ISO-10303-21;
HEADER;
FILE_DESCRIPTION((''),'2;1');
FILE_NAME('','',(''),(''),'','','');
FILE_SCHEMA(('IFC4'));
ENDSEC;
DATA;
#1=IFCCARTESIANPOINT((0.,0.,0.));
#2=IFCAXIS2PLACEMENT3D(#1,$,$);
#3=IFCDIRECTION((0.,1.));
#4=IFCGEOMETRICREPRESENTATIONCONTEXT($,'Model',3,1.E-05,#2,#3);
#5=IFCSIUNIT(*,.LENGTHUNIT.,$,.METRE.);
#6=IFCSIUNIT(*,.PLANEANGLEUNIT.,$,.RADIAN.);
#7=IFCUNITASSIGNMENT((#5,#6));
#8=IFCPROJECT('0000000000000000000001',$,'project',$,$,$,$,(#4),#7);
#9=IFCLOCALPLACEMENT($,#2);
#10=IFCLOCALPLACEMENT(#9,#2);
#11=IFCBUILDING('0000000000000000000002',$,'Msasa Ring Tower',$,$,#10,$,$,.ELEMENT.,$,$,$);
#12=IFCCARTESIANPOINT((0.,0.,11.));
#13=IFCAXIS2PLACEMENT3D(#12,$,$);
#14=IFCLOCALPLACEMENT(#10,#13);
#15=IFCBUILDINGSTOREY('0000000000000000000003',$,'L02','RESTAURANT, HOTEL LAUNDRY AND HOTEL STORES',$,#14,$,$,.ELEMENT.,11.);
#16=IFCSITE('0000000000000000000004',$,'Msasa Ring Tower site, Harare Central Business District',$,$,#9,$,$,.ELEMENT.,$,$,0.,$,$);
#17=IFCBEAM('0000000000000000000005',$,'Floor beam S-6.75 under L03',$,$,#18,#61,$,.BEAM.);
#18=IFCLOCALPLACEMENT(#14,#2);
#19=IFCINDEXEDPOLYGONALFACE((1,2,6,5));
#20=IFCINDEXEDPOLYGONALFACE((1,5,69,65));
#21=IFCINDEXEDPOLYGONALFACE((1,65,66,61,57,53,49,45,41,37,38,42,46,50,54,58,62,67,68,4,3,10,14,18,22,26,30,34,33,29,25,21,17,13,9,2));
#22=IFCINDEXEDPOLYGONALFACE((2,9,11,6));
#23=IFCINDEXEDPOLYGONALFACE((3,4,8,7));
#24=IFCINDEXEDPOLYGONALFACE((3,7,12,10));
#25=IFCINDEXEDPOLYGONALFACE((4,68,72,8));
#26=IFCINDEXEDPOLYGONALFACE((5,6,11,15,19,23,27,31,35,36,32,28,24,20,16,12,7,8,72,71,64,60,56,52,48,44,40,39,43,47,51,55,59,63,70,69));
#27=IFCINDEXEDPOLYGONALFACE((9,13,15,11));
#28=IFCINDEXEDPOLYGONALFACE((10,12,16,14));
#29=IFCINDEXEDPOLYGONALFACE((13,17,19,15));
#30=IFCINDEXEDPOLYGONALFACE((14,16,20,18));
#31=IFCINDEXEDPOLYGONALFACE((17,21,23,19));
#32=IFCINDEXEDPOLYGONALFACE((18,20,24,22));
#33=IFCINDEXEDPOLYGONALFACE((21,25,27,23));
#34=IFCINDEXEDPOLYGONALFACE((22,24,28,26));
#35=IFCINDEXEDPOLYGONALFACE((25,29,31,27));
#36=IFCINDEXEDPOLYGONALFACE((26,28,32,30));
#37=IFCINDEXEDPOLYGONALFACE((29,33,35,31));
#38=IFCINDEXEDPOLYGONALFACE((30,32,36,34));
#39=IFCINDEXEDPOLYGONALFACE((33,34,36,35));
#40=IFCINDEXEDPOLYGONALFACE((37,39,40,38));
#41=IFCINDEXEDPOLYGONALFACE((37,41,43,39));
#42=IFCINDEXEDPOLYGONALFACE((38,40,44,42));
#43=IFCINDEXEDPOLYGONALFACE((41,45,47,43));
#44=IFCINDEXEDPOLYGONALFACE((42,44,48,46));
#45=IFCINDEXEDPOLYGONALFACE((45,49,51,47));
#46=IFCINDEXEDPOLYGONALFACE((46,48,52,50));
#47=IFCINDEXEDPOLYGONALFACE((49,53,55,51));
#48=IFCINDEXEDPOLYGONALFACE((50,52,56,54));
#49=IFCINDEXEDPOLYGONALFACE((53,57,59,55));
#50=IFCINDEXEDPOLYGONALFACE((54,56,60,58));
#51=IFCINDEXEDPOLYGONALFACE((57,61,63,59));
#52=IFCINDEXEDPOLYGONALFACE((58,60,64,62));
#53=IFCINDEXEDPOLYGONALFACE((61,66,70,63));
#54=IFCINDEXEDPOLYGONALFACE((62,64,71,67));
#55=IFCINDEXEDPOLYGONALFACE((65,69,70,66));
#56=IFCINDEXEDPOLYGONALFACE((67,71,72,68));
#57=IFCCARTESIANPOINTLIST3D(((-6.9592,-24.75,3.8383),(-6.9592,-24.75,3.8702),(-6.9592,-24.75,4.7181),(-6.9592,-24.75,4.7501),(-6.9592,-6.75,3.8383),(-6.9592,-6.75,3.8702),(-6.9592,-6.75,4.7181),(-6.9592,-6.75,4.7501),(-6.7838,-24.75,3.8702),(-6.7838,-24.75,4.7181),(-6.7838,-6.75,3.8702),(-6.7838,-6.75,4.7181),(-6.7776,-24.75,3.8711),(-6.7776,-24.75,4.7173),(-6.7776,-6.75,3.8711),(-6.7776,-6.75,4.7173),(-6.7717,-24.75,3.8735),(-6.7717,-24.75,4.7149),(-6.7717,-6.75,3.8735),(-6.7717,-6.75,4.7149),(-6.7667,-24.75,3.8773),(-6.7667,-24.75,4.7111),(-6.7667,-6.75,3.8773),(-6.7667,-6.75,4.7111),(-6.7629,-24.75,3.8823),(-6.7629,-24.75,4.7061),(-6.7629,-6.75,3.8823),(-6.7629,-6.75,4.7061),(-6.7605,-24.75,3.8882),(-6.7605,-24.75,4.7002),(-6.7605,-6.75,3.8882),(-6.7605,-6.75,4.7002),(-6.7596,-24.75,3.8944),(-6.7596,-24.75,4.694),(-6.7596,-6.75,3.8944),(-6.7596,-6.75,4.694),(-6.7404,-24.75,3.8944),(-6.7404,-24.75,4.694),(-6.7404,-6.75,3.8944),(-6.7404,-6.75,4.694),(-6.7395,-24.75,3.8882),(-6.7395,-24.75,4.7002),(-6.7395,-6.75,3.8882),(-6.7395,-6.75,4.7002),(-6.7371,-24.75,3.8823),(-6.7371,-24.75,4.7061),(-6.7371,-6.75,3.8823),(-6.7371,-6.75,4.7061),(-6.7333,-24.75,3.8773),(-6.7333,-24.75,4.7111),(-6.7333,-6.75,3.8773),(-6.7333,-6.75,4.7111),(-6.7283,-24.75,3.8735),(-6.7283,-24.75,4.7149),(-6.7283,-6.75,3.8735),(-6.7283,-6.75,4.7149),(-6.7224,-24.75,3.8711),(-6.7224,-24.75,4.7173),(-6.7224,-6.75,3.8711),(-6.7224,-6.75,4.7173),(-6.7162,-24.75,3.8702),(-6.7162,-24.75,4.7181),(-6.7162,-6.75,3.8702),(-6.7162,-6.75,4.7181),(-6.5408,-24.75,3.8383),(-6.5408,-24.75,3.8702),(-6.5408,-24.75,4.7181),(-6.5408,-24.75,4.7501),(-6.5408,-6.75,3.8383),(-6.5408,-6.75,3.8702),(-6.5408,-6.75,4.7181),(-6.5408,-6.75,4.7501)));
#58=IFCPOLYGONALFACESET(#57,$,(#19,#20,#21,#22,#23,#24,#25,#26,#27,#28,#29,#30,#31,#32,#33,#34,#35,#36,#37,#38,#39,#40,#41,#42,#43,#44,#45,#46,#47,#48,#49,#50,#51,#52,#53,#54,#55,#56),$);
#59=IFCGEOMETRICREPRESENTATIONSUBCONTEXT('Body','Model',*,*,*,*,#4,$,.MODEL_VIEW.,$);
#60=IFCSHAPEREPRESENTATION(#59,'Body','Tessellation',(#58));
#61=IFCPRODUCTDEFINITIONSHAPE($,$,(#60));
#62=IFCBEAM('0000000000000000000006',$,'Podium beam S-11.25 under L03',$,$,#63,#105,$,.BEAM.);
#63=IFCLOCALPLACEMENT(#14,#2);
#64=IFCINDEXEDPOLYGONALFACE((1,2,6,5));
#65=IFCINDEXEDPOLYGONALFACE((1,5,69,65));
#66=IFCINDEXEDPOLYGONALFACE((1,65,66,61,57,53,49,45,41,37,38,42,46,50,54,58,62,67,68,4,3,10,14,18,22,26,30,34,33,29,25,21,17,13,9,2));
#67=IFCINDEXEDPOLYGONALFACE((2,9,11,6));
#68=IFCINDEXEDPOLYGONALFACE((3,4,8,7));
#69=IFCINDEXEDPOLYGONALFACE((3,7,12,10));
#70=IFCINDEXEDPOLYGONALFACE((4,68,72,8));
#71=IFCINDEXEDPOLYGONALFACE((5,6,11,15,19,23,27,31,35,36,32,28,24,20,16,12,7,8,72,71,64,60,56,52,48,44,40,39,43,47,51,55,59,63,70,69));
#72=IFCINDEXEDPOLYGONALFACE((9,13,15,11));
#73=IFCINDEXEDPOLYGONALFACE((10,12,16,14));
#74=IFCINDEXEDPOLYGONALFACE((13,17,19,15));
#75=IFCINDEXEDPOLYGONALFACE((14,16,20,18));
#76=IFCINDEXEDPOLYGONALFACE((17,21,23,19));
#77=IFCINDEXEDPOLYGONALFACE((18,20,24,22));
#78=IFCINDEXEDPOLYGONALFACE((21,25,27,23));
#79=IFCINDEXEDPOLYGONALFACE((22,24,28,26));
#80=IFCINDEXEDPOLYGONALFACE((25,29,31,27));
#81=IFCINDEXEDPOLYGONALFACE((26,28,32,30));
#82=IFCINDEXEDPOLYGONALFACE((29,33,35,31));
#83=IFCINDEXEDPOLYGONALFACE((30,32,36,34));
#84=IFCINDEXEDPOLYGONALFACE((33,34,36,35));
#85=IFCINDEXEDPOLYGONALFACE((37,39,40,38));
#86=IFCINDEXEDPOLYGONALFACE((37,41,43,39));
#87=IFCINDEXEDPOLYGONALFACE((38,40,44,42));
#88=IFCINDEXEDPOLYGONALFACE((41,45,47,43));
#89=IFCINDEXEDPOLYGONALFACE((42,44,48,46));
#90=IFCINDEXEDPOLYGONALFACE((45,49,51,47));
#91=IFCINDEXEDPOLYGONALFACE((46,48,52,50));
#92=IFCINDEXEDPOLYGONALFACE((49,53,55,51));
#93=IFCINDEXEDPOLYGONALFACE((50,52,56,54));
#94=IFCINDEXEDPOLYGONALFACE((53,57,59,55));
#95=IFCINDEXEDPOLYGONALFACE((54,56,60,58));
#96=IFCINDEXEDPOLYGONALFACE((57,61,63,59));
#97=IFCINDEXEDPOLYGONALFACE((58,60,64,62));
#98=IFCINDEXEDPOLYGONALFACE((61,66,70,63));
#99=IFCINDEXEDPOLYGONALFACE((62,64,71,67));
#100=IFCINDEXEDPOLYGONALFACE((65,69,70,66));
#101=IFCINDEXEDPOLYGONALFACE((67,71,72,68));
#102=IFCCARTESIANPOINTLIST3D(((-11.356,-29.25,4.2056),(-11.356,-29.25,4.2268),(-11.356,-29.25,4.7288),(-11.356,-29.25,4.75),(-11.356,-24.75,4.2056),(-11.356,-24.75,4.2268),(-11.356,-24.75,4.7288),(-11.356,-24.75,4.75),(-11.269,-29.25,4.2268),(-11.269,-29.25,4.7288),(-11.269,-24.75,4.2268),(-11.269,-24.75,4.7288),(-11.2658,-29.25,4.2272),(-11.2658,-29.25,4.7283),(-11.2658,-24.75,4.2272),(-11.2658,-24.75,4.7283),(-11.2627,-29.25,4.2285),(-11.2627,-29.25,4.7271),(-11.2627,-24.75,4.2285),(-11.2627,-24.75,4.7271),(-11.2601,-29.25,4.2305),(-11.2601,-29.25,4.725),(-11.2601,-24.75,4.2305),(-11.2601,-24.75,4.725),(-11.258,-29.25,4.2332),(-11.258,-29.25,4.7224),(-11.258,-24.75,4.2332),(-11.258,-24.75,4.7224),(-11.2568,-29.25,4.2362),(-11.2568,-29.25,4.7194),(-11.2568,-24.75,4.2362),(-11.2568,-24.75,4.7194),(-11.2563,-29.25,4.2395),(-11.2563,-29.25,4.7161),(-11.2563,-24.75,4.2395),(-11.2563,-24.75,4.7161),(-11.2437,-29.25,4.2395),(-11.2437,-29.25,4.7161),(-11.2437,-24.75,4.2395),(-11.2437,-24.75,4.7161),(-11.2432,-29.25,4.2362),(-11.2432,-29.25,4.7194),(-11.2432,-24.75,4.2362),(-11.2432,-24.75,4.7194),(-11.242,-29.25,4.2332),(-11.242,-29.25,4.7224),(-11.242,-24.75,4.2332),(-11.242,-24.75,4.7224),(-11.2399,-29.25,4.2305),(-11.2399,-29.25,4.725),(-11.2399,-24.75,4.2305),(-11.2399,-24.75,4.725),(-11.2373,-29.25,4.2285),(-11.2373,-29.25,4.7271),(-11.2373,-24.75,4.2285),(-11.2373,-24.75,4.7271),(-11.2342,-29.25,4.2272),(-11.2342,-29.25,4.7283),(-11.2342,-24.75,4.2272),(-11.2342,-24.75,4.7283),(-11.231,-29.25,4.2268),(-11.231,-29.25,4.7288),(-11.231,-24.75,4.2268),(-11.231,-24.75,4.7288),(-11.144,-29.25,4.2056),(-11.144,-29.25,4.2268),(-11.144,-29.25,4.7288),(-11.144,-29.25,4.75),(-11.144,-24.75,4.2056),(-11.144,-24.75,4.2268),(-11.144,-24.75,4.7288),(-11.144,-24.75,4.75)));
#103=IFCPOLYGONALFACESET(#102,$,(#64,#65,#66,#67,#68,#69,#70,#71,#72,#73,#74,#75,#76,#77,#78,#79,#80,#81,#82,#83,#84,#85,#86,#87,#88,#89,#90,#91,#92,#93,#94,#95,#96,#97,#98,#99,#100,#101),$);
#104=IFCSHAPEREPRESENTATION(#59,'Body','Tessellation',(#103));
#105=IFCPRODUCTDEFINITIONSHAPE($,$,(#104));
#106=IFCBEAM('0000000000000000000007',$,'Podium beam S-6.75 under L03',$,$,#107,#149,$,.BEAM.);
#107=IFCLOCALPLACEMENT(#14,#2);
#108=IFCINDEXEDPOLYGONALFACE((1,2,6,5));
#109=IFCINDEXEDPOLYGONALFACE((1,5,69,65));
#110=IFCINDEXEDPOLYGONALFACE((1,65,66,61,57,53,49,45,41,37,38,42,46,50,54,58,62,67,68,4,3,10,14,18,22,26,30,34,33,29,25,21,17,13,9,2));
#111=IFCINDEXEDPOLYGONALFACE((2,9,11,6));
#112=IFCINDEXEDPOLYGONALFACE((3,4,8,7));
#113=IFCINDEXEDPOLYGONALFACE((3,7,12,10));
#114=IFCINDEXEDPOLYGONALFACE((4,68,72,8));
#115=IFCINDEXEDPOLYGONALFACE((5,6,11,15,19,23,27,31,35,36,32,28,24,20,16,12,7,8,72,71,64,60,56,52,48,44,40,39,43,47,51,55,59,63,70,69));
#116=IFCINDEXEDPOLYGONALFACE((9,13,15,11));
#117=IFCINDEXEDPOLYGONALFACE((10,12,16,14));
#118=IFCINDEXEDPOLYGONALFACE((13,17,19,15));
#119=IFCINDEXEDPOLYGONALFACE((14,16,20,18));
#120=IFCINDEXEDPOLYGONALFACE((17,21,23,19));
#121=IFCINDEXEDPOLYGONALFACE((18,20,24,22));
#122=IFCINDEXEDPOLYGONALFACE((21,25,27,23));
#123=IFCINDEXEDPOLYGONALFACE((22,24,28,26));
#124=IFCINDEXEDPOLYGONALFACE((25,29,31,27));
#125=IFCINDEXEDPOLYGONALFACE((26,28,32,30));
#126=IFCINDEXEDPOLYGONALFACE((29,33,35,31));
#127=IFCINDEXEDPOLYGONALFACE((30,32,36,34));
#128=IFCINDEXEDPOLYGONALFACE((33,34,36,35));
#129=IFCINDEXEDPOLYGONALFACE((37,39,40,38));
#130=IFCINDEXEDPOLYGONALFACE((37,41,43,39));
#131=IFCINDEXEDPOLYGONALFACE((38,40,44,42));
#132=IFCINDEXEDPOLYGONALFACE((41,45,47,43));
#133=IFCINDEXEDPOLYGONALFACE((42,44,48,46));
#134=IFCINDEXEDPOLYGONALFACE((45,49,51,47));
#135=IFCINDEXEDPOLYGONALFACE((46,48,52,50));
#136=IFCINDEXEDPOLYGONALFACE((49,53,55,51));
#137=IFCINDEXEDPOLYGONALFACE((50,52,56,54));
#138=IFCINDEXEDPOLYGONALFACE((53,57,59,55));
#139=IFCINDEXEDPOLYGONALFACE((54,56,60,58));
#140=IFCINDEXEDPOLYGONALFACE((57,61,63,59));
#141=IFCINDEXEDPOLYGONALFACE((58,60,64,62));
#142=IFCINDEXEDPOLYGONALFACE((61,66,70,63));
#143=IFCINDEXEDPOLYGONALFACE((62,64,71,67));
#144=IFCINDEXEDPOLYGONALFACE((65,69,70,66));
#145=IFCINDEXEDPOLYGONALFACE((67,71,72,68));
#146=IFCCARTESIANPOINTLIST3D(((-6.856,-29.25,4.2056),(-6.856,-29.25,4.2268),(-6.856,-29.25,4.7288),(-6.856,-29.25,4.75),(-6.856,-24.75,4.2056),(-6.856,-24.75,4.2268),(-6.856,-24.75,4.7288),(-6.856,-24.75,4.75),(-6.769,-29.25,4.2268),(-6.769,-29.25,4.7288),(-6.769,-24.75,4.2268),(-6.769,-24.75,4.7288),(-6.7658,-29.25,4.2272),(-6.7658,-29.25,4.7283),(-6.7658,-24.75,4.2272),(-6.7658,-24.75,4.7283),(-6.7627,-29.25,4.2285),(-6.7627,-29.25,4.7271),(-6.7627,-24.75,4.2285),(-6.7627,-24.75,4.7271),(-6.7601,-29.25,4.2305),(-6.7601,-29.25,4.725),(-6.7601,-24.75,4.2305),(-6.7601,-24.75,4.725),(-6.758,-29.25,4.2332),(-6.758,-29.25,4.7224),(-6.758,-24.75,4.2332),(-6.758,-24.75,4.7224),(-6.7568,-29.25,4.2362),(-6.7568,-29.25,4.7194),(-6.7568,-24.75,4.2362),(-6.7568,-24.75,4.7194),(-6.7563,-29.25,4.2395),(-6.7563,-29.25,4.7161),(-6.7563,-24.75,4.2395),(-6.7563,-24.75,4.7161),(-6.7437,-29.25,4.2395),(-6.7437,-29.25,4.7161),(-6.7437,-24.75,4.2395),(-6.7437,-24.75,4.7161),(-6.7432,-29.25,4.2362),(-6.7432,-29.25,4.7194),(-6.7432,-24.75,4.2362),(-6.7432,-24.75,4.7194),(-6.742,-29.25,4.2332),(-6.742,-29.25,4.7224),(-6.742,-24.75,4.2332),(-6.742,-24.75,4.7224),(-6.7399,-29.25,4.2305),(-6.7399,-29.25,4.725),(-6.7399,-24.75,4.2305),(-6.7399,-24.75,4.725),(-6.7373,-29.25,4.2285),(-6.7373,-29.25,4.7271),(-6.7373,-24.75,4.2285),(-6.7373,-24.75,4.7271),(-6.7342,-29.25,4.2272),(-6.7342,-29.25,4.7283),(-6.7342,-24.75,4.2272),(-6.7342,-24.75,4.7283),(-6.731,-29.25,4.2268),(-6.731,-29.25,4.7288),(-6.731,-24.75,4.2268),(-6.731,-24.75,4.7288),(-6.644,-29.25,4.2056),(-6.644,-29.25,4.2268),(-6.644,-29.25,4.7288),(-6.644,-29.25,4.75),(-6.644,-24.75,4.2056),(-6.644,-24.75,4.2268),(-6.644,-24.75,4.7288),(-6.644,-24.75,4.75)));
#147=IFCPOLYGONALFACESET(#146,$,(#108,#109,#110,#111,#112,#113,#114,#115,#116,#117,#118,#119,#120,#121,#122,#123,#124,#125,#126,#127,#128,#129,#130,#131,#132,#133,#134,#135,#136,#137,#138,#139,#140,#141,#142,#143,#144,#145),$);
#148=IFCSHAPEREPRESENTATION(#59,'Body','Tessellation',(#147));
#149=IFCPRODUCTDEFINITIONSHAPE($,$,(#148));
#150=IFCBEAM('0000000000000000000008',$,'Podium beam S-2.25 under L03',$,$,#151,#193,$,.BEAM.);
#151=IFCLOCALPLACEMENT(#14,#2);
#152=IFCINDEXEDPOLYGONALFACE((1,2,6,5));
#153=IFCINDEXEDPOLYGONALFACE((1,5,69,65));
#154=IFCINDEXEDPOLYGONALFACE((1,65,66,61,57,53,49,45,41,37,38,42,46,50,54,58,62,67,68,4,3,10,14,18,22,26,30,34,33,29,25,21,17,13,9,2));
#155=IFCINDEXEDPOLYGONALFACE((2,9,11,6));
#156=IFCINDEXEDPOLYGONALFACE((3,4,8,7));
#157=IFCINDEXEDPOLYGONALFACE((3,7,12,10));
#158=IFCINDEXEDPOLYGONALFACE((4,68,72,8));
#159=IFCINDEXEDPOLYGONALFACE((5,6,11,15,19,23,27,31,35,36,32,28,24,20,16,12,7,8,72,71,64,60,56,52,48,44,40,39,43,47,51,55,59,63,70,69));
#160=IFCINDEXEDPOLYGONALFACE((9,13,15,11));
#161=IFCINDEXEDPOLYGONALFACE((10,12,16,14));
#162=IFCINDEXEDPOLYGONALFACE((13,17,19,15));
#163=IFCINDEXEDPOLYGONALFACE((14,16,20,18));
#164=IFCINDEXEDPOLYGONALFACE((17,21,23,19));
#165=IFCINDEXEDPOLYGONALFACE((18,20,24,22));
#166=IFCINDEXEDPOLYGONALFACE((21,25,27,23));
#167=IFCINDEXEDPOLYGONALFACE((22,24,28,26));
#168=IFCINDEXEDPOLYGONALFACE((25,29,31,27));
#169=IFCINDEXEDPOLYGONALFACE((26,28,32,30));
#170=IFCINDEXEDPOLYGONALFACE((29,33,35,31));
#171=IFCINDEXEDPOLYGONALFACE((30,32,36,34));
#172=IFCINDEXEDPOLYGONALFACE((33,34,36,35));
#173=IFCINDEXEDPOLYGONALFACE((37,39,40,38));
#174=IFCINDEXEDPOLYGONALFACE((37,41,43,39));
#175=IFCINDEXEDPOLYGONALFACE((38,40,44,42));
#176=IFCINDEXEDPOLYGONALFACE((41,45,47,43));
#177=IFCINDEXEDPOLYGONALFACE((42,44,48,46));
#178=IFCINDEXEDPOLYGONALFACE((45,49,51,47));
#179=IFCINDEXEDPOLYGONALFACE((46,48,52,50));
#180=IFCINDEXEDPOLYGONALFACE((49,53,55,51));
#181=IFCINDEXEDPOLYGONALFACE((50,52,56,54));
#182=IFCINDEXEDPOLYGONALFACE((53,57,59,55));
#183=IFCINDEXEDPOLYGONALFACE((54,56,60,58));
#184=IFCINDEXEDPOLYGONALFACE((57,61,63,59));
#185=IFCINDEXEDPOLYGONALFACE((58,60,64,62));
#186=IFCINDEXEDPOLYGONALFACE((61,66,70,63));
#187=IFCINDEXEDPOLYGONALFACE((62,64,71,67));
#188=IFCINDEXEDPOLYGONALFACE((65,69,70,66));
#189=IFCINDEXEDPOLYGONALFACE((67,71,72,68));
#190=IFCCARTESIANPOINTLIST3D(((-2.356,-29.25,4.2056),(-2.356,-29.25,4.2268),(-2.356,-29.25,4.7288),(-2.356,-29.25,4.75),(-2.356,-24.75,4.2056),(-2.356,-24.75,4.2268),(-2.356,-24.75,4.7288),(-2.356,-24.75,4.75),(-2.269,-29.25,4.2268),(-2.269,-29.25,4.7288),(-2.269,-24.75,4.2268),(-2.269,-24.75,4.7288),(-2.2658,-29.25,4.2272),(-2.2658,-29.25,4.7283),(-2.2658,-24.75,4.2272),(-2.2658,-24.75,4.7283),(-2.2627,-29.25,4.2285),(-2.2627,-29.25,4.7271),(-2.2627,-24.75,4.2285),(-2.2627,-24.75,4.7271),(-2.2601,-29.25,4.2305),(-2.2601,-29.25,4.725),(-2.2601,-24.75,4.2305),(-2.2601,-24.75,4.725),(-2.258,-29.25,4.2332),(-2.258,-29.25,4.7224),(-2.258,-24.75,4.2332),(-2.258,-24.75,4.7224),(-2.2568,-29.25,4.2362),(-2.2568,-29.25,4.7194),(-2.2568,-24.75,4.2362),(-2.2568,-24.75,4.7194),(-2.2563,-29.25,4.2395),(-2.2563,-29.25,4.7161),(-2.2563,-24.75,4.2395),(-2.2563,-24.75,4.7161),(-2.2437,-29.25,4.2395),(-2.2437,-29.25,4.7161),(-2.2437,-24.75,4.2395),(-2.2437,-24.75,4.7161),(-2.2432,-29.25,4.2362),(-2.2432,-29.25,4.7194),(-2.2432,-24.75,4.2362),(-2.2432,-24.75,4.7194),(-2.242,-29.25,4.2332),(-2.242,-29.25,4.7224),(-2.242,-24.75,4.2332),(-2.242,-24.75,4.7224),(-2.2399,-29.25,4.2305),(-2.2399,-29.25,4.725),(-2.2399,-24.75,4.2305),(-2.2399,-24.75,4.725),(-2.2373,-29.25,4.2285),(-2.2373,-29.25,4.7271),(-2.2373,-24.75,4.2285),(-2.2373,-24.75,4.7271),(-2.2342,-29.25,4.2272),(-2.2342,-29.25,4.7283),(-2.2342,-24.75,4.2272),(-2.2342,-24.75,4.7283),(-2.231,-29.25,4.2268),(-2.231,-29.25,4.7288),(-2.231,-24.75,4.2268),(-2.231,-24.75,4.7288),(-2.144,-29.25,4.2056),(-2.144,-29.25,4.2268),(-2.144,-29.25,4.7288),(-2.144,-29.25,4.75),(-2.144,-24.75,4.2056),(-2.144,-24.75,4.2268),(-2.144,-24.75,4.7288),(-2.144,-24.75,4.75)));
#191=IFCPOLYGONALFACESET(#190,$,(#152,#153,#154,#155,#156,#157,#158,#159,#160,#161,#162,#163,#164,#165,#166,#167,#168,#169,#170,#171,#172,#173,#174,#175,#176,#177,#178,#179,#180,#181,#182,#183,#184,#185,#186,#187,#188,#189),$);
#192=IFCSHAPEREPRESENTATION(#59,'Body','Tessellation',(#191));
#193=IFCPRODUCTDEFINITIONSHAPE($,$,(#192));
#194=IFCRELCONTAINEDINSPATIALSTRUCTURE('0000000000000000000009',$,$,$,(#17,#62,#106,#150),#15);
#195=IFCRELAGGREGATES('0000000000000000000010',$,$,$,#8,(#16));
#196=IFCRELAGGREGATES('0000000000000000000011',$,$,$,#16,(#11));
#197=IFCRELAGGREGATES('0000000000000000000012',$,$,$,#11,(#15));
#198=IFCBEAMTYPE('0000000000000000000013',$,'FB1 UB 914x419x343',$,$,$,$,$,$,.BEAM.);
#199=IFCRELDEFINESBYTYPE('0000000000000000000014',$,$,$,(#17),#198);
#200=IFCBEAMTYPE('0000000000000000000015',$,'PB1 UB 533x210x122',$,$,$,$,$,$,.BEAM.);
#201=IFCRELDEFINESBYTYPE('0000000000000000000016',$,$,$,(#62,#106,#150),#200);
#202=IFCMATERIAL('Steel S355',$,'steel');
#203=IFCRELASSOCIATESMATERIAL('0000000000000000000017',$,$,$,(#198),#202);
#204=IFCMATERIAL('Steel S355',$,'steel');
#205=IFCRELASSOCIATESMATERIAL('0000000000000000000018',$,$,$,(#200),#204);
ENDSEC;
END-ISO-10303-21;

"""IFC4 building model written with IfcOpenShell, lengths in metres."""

from ifc_helpers import new_model, si_unit, direction, frame, origin, origin_2d, place, context, subcontext, project, spatial, i_section, extrude, material, material_profile, profile_set, type_object, element, save


model = new_model("IFC4")

# Units and contexts
model_context = context("Model", 3, precision=1e-05, world=origin(), true_north=direction((0.0, 1.0)))
body_context = subcontext(model_context, "Body", "Model", "MODEL_VIEW")
ifc_project = project(units=[si_unit("LENGTHUNIT", "METRE"), si_unit("PLANEANGLEUNIT", "RADIAN")], contexts=[model_context])

# Site, building, storey
site_placement = place(None, origin())
site = spatial("IfcSite", under=ifc_project, at=site_placement, Name="Msasa Ring Tower site, Harare Central Business District", CompositionType="ELEMENT", RefElevation=0.0)
building_placement = place(site_placement, origin())
building = spatial("IfcBuilding", under=site, at=building_placement, Name="Msasa Ring Tower", CompositionType="ELEMENT")
storey_placement = place(building_placement, frame((0.0, 0.0, 11.0)))
storey = spatial("IfcBuildingStorey", under=building, at=storey_placement, Name="L02", Description="RESTAURANT, HOTEL LAUNDRY AND HOTEL STORES", CompositionType="ELEMENT", Elevation=11.0)

# Beams
ifc_material_1 = material(Name="Steel S355", Category="steel")
ifc_material_profile_1 = material_profile(ifc_material_1, i_section(OverallWidth=0.4185, OverallDepth=0.9119, WebThickness=0.0193, FlangeThickness=0.032, FilletRadius=0.0242, at=origin_2d()), Name="UB 914x419x343")
ifc_profile_set_1 = profile_set([ifc_material_profile_1], Name="Steel S355")
beam_type_1 = type_object("IfcBeamType", Name="FB1 UB 914x419x343", PredefinedType="BEAM", material=ifc_profile_set_1)
beam_1_placement = place(storey_placement, frame((-6.75, -24.75, 4.2942), z_axis=(0.0, 1.0, 0.0), x_axis=(-1.0, 0.0, 0.0)))
element("IfcBeam", 1, at=beam_1_placement, inside=storey, type_object=beam_type_1, Name="Floor beam S-6.75 under L03", PredefinedType="BEAM", context=body_context, shape_type="SweptSolid", body=[
    extrude(i_section(OverallWidth=0.4185, OverallDepth=0.9119, WebThickness=0.0193, FlangeThickness=0.032, FilletRadius=0.0242, at=origin_2d()), origin(), (0.0, 0.0, 1.0), 18.0),
])
ifc_material_2 = material(Name="Steel S355", Category="steel")
ifc_material_profile_2 = material_profile(ifc_material_2, i_section(OverallWidth=0.2119, OverallDepth=0.5444, WebThickness=0.0127, FlangeThickness=0.0212, FilletRadius=0.0127, at=origin_2d()), Name="UB 533x210x122")
ifc_profile_set_2 = profile_set([ifc_material_profile_2], Name="Steel S355")
beam_type_2 = type_object("IfcBeamType", Name="PB1 UB 533x210x122", PredefinedType="BEAM", material=ifc_profile_set_2)
for number, where, z_axis, x_axis, name in (
    (2, (-11.25, -29.25, 4.4778), (0.0, 1.0, 0.0), (-1.0, 0.0, 0.0), "Podium beam S-11.25 under L03"),
    (3, (-6.75, -29.25, 4.4778), (0.0, 1.0, 0.0), (-1.0, 0.0, 0.0), "Podium beam S-6.75 under L03"),
    (4, (-2.25, -29.25, 4.4778), (0.0, 1.0, 0.0), (-1.0, 0.0, 0.0), "Podium beam S-2.25 under L03"),
):
    element("IfcBeam", number, at=place(storey_placement, frame(where, z_axis=z_axis, x_axis=x_axis)), inside=storey, type_object=beam_type_2, Name=name, PredefinedType="BEAM", context=body_context, shape_type="SweptSolid", body=[
        extrude(i_section(OverallWidth=0.2119, OverallDepth=0.5444, WebThickness=0.0127, FlangeThickness=0.0212, FilletRadius=0.0127, at=origin_2d()), origin(), (0.0, 0.0, 1.0), 4.5),
    ])

save(model, "model.ifc")
